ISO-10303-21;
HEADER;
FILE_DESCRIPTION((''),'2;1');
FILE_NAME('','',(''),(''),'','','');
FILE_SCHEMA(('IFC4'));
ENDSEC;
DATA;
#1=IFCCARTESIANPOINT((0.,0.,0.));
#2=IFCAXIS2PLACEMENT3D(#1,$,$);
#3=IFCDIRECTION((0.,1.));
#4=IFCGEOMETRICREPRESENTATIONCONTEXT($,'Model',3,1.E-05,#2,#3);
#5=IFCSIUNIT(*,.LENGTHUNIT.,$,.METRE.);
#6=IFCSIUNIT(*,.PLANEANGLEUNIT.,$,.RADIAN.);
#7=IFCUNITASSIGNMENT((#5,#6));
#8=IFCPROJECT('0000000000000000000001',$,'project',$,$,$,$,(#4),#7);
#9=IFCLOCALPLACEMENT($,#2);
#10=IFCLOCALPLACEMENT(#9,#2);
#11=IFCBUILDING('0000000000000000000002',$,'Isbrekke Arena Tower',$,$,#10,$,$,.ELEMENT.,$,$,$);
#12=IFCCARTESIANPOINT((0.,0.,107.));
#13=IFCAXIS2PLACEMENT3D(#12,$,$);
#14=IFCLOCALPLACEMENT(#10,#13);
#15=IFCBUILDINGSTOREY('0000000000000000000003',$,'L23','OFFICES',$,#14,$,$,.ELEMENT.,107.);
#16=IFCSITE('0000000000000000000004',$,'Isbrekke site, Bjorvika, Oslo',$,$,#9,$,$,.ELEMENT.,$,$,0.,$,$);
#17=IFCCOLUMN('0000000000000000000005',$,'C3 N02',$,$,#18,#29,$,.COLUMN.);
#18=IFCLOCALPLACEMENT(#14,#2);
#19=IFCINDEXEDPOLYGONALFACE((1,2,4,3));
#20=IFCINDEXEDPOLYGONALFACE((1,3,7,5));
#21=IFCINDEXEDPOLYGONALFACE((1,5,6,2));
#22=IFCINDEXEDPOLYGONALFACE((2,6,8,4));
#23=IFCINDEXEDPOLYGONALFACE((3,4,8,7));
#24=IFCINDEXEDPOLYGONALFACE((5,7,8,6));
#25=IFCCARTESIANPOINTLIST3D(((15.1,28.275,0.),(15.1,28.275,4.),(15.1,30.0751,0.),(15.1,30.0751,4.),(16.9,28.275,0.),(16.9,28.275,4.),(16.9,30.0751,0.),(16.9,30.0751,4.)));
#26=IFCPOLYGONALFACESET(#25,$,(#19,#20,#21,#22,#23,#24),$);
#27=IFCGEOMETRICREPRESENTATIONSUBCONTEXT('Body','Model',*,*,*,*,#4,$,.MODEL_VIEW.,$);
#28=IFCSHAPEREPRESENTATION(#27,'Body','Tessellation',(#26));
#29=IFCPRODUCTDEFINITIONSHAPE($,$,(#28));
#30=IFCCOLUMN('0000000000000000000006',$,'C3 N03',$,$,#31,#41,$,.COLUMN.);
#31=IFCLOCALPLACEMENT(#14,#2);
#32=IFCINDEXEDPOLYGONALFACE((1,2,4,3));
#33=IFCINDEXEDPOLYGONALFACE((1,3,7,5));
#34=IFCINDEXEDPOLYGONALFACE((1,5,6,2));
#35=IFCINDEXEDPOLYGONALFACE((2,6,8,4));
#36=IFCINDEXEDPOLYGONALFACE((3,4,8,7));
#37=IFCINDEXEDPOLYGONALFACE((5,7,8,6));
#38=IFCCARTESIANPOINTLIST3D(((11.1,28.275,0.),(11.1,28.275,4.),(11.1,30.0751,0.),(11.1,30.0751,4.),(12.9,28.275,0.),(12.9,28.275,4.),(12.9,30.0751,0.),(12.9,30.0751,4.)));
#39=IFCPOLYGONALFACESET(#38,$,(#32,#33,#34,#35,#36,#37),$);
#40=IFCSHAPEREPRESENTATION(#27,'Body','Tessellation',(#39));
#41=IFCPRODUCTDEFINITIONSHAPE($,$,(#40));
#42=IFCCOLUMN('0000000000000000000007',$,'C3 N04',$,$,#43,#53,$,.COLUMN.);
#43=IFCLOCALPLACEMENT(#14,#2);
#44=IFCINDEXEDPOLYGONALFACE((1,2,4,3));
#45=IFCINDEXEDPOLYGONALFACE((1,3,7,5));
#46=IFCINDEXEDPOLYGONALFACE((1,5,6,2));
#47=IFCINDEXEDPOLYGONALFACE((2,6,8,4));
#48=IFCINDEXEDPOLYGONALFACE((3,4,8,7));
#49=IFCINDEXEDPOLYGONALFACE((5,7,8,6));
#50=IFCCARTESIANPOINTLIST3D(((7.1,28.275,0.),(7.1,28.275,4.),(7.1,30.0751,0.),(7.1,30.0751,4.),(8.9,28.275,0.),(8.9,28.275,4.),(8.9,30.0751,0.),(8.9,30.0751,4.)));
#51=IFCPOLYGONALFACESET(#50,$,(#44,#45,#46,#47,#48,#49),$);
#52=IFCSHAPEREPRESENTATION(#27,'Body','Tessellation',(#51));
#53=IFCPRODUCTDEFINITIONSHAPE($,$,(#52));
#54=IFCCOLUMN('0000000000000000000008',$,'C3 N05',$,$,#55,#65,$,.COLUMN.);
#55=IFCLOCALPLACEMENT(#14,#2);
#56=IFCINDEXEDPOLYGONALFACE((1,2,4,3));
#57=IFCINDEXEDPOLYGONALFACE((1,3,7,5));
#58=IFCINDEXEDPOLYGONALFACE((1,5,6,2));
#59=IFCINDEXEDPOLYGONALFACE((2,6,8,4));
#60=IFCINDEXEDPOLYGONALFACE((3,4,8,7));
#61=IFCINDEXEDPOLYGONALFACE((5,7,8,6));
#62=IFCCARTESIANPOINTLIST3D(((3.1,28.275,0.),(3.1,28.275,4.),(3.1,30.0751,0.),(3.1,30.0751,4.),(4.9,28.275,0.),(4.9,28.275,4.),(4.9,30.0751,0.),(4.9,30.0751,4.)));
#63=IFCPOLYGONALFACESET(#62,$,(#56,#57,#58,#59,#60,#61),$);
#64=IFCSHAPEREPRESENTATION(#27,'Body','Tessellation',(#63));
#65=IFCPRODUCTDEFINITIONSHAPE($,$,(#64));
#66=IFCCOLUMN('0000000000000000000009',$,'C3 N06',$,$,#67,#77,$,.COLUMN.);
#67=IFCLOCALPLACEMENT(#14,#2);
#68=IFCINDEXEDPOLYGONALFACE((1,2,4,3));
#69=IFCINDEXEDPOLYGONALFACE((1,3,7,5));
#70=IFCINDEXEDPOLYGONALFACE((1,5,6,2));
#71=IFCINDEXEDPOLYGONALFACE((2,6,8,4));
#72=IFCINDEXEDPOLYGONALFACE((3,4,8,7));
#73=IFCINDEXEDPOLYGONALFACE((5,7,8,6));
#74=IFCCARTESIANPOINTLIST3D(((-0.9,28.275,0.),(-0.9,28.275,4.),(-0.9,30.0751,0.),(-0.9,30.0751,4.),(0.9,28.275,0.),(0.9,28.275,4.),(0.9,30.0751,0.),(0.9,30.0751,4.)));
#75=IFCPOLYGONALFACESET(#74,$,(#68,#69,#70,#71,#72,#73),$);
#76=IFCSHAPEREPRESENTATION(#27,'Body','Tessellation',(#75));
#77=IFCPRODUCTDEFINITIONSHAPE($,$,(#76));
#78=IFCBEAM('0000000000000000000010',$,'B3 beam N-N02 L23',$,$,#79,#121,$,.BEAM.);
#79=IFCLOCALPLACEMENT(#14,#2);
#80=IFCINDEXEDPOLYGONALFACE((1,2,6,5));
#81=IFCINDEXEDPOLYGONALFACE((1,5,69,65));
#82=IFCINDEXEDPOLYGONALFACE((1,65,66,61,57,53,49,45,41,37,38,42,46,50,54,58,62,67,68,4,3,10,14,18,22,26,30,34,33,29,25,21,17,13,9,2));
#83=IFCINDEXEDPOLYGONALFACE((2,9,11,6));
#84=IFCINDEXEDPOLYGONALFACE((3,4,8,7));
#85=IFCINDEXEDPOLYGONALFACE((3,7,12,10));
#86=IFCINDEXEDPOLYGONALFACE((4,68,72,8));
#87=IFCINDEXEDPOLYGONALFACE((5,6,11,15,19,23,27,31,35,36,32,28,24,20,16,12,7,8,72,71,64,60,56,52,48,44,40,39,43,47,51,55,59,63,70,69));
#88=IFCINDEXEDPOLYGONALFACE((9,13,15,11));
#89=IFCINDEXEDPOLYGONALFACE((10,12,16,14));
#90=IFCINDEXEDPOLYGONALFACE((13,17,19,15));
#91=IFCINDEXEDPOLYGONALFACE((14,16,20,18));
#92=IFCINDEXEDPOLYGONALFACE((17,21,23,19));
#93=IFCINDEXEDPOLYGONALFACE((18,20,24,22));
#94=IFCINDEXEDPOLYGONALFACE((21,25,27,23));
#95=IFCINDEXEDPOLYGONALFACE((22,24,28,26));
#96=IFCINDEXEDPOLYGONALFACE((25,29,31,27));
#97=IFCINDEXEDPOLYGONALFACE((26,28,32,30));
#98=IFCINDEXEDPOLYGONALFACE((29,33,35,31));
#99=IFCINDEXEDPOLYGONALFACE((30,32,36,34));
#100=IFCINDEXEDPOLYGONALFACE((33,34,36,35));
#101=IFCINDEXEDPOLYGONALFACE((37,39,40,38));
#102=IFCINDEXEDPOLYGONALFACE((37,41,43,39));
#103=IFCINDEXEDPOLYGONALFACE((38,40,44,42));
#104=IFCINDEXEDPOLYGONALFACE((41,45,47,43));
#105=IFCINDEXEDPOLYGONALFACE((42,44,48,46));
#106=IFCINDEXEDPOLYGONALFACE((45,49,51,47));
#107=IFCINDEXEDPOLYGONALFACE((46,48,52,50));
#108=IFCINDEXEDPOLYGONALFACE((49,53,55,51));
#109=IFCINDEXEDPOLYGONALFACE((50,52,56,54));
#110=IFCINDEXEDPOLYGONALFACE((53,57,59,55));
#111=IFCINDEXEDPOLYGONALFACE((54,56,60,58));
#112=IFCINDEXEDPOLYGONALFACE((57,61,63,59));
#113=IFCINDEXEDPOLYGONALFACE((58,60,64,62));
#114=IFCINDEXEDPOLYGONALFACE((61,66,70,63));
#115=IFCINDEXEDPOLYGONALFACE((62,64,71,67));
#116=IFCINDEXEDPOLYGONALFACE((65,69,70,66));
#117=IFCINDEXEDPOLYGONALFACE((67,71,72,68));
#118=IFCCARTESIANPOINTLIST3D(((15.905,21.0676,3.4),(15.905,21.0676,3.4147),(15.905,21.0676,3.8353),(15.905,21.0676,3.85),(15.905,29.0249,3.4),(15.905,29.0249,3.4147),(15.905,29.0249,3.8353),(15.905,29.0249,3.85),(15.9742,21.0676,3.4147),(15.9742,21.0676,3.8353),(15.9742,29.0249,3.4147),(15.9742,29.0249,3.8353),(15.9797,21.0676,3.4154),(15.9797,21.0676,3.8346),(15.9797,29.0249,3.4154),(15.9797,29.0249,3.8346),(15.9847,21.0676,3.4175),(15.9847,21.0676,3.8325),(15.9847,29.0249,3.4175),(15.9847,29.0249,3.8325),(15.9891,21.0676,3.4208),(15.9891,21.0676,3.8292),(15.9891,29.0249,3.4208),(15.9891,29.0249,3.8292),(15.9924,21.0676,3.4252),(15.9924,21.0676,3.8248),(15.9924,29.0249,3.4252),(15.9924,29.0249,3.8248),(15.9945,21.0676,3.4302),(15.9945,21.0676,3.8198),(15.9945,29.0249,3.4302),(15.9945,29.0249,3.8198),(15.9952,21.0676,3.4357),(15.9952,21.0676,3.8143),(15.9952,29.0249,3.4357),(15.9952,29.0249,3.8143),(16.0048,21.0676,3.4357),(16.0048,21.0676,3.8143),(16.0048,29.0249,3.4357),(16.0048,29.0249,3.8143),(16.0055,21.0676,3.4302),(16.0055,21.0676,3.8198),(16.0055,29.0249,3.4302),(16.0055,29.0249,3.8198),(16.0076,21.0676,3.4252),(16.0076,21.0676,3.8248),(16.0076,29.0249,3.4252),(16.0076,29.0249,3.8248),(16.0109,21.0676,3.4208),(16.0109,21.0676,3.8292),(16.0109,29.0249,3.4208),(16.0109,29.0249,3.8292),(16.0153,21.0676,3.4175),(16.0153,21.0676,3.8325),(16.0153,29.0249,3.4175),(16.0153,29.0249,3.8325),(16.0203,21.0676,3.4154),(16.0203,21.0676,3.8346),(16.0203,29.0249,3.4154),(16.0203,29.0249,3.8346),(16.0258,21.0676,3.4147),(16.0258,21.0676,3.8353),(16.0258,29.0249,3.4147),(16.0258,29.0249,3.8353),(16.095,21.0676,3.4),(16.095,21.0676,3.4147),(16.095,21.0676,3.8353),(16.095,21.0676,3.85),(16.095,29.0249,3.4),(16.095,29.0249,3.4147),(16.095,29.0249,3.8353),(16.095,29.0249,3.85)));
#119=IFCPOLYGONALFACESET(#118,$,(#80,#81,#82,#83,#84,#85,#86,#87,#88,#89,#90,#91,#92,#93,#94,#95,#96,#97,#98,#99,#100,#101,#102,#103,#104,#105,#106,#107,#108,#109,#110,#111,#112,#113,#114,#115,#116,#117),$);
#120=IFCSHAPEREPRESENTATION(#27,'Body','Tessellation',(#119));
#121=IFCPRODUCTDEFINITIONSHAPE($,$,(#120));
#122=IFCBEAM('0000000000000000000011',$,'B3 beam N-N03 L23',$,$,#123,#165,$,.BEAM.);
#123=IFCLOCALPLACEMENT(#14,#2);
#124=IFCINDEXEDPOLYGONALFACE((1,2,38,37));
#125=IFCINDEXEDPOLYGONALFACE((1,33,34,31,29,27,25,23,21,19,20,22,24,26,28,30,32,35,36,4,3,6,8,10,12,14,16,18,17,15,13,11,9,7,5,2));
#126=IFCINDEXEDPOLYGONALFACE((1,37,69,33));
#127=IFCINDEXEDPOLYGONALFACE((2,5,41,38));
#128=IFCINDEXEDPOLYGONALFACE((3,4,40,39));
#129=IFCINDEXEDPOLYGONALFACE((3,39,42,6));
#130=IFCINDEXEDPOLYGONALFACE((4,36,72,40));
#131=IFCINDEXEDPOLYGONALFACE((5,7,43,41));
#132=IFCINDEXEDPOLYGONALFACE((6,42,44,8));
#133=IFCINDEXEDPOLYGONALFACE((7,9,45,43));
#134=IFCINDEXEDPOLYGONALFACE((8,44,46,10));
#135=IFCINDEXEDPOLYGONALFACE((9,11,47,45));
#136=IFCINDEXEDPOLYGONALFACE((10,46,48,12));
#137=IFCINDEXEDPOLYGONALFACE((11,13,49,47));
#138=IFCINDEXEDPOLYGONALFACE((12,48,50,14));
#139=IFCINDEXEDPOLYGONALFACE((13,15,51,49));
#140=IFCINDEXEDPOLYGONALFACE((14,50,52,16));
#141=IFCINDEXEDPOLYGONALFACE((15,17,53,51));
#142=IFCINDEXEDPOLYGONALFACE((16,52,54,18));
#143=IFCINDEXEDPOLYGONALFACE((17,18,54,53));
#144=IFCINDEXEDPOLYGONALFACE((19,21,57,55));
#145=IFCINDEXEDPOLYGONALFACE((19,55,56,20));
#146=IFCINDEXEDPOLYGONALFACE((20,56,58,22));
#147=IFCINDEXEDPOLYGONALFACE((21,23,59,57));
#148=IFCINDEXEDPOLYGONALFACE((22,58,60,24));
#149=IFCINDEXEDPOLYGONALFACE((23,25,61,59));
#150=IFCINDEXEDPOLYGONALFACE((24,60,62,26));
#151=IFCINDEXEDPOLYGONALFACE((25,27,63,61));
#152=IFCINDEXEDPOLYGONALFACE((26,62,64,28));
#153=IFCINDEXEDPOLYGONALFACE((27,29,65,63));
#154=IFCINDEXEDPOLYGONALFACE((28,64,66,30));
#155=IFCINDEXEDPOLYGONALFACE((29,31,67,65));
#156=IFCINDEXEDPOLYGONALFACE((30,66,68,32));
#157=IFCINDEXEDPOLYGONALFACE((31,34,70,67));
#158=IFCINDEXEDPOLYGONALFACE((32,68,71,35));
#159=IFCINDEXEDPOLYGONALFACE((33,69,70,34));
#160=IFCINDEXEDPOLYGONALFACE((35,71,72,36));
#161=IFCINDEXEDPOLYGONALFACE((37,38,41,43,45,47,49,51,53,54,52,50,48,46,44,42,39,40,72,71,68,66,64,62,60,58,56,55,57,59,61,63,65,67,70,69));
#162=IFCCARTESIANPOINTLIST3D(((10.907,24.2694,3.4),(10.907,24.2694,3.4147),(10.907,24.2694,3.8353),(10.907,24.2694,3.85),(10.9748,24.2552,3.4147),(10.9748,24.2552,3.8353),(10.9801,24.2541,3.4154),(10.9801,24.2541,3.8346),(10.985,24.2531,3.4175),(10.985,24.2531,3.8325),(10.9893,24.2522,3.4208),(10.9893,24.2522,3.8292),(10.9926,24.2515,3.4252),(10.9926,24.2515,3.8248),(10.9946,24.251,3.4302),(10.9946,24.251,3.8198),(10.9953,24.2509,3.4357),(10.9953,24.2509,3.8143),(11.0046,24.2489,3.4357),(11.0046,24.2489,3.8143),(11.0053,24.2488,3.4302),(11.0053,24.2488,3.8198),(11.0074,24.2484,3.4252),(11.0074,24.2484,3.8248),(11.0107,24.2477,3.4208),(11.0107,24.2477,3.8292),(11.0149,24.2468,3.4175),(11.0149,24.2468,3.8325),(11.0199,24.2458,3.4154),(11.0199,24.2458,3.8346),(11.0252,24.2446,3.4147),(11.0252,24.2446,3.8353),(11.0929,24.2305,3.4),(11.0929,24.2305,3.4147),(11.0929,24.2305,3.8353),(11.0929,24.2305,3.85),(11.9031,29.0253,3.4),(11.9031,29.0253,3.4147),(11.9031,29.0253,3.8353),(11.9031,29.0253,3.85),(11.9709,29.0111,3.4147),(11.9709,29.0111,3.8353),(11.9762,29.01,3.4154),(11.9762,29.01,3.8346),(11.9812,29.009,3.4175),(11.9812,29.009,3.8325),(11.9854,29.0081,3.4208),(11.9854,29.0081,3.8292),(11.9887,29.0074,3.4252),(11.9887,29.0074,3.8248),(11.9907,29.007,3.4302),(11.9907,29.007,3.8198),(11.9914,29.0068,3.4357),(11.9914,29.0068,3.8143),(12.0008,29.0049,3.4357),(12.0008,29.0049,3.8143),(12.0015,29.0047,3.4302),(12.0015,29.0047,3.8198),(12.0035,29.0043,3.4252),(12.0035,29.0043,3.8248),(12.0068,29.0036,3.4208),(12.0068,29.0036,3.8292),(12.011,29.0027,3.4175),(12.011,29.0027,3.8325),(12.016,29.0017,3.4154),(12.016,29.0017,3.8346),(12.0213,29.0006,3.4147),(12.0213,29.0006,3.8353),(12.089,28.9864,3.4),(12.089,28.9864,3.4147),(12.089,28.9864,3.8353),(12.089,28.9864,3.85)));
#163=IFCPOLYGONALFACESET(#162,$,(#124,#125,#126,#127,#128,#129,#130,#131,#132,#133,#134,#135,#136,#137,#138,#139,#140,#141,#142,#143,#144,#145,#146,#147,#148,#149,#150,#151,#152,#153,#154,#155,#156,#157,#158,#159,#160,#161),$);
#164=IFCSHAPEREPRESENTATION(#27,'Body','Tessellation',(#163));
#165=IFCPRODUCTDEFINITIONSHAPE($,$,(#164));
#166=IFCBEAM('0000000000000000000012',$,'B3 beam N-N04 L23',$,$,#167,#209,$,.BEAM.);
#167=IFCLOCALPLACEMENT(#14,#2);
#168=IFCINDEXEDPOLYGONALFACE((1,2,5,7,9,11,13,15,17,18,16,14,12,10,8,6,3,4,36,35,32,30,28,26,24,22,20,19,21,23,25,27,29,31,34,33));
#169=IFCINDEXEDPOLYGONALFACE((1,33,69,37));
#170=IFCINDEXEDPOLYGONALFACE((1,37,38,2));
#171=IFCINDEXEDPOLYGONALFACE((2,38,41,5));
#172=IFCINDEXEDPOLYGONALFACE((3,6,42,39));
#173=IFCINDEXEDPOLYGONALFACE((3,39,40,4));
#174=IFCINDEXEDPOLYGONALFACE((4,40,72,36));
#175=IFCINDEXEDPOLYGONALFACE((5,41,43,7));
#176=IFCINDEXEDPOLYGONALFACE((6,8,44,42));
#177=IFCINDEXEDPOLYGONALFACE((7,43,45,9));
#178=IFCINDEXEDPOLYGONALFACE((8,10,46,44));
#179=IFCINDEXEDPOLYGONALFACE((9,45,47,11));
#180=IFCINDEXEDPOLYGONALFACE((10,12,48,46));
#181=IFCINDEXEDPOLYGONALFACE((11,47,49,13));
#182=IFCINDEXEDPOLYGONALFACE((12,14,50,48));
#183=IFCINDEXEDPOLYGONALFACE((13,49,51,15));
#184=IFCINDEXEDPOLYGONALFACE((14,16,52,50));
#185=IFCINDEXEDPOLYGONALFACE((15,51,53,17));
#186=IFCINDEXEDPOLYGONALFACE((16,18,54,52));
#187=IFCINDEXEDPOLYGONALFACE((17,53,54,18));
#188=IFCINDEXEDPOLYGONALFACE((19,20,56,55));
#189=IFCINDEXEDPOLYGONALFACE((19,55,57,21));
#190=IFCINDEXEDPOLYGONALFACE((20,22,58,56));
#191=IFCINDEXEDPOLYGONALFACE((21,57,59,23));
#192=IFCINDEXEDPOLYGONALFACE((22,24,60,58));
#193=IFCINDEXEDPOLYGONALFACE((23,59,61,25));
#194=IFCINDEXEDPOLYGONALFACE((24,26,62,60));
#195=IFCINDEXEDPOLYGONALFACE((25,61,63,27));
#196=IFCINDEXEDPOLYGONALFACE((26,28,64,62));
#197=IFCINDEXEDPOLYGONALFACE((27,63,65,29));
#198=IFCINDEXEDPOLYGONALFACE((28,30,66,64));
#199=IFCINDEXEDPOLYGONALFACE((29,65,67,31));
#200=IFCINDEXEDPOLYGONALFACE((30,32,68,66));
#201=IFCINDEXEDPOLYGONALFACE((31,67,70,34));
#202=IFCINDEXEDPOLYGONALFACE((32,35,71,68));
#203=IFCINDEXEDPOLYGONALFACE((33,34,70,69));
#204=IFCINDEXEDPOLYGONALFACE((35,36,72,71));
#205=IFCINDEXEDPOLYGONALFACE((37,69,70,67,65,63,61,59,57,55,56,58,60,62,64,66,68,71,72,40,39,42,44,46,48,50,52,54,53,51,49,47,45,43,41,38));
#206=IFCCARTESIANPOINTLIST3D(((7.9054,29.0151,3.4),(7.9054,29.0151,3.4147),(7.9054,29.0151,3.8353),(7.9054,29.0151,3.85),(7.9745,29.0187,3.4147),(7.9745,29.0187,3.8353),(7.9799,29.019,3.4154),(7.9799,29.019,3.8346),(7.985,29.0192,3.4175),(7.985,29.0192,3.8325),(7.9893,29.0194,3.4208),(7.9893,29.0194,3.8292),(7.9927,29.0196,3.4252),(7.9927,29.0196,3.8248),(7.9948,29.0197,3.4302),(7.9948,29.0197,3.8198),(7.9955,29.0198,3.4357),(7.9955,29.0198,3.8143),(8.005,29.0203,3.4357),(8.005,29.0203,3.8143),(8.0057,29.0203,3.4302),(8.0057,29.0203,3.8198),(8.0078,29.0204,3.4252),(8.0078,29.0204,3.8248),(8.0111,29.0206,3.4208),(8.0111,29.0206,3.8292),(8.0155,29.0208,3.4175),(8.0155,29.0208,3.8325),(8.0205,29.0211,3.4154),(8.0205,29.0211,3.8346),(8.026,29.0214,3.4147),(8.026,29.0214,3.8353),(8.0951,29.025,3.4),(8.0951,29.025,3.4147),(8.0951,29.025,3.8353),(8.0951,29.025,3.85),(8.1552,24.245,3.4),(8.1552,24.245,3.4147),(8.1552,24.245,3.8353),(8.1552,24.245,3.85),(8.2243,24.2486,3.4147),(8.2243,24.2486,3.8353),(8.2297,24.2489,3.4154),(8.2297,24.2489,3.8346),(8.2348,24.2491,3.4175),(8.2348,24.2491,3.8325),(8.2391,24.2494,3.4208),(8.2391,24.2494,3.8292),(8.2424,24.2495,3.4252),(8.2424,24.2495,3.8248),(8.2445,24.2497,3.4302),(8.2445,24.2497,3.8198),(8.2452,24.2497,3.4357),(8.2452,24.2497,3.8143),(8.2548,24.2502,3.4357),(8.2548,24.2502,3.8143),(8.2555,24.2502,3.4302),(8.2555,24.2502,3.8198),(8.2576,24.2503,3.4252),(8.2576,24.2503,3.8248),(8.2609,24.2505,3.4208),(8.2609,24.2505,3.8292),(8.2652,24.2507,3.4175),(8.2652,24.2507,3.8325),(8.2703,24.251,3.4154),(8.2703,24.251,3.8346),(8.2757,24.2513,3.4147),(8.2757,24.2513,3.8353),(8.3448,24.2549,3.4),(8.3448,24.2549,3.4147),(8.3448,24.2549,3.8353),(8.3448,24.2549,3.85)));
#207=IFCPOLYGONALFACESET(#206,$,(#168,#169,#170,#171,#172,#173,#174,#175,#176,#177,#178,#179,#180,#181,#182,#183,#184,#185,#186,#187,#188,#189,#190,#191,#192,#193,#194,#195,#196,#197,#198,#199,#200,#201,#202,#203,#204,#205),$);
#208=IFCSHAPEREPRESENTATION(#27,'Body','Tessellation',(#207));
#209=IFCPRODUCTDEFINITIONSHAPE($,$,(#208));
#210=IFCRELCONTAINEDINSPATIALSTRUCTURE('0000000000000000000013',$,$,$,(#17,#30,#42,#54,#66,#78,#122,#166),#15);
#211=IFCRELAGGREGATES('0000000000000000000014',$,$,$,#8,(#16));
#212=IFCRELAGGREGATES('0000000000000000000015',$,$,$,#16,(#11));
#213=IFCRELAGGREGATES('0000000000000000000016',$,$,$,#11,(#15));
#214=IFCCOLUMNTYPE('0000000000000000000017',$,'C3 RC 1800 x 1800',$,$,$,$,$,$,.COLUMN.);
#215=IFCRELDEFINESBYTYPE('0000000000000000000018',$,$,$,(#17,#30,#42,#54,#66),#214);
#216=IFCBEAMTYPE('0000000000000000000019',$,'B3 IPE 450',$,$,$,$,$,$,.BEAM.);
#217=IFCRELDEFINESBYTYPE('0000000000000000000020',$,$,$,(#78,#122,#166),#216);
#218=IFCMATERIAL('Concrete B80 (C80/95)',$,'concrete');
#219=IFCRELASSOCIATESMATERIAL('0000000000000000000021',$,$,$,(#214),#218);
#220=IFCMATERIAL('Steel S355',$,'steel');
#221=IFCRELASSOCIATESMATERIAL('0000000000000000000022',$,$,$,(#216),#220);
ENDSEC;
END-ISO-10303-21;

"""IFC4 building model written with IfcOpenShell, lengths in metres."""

from ifc_helpers import new_model, si_unit, direction, frame, origin, origin_2d, place, context, subcontext, project, spatial, rectangle, i_section, extrude, material, material_profile, profile_set, type_object, element, save


model = new_model("IFC4")

# Units and contexts
model_context = context("Model", 3, precision=1e-05, world=origin(), true_north=direction((0.0, 1.0)))
body_context = subcontext(model_context, "Body", "Model", "MODEL_VIEW")
ifc_project = project(units=[si_unit("LENGTHUNIT", "METRE"), si_unit("PLANEANGLEUNIT", "RADIAN")], contexts=[model_context])

# Site, building, storey
site_placement = place(None, origin())
site = spatial("IfcSite", under=ifc_project, at=site_placement, Name="Isbrekke site, Bjorvika, Oslo", CompositionType="ELEMENT", RefElevation=0.0)
building_placement = place(site_placement, origin())
building = spatial("IfcBuilding", under=site, at=building_placement, Name="Isbrekke Arena Tower", CompositionType="ELEMENT")
storey_placement = place(building_placement, frame((0.0, 0.0, 107.0)))
storey = spatial("IfcBuildingStorey", under=building, at=storey_placement, Name="L23", Description="OFFICES", CompositionType="ELEMENT", Elevation=107.0)

# Columns
ifc_material_1 = material(Name="Concrete B80 (C80/95)", Category="concrete")
ifc_material_profile_1 = material_profile(ifc_material_1, rectangle(XDim=1.8, YDim=1.8, at=origin_2d()), Name="RC 1800x1800")
ifc_profile_set_1 = profile_set([ifc_material_profile_1], Name="Concrete B80 (C80/95)")
column_type = type_object("IfcColumnType", Name="C3 RC 1800 x 1800", PredefinedType="COLUMN", material=ifc_profile_set_1)
for number, where, z_axis, x_axis, name in (
    (1, (16.0, 29.175, 0.0), (0.0, 0.0, 1.0), (-1.0, 0.0, 0.0), "C3 N02"),
    (2, (12.0, 29.175, 0.0), (0.0, 0.0, 1.0), (-1.0, 0.0, 0.0), "C3 N03"),
    (3, (8.0, 29.175, 0.0), (0.0, 0.0, 1.0), (-1.0, 0.0, 0.0), "C3 N04"),
    (4, (4.0, 29.175, 0.0), (0.0, 0.0, 1.0), (-1.0, 0.0, 0.0), "C3 N05"),
    (5, (0.0, 29.175, 0.0), (0.0, 0.0, 1.0), (-1.0, 0.0, 0.0), "C3 N06"),
):
    element("IfcColumn", number, at=place(storey_placement, frame(where, z_axis=z_axis, x_axis=x_axis)), inside=storey, type_object=column_type, Name=name, PredefinedType="COLUMN", context=body_context, shape_type="SweptSolid", body=[
        extrude(rectangle(XDim=1.8, YDim=1.8, at=origin_2d()), origin(), (0.0, 0.0, 1.0), 4.0),
    ])

# Beams
ifc_material_2 = material(Name="Steel S355", Category="steel")
ifc_material_profile_2 = material_profile(ifc_material_2, i_section(OverallWidth=0.1899, OverallDepth=0.45, WebThickness=0.0095, FlangeThickness=0.0146, FilletRadius=0.021, at=origin_2d()), Name="IPE 450")
ifc_profile_set_2 = profile_set([ifc_material_profile_2], Name="Steel S355")
beam_type_1 = type_object("IfcBeamType", Name="B3 IPE 450", PredefinedType="BEAM", material=ifc_profile_set_2)
beam_1_placement = place(storey_placement, frame((16.0, 29.0249, 3.625), z_axis=(0.0, -1.0, 0.0), x_axis=(1.0, 0.0, 0.0)))
element("IfcBeam", 6, at=beam_1_placement, inside=storey, type_object=beam_type_1, Name="B3 beam N-N02 L23", PredefinedType="BEAM", context=body_context, shape_type="SweptSolid", body=[
    extrude(i_section(OverallWidth=0.1899, OverallDepth=0.45, WebThickness=0.0095, FlangeThickness=0.0146, FilletRadius=0.021, at=origin_2d()), origin(), (0.0, 0.0, 1.0), 7.9573),
])
beam_2_placement = place(storey_placement, frame((11.9961, 29.0059, 3.625), z_axis=(-0.204997, -0.978762, 0.0), x_axis=(0.978762, -0.204997, 0.0)))
element("IfcBeam", 7, at=beam_2_placement, inside=storey, type_object=beam_type_1, Name="B3 beam N-N03 L23", PredefinedType="BEAM", context=body_context, shape_type="SweptSolid", body=[
    extrude(i_section(OverallWidth=0.1899, OverallDepth=0.45, WebThickness=0.0095, FlangeThickness=0.0146, FilletRadius=0.021, at=origin_2d()), origin(), (0.0, 0.0, 1.0), 4.8591),
])
beam_3_placement = place(storey_placement, frame((8.0002, 29.02, 3.625), z_axis=(0.052288, -0.998632, 0.0), x_axis=(0.998632, 0.052288, 0.0)))
element("IfcBeam", 8, at=beam_3_placement, inside=storey, type_object=beam_type_1, Name="B3 beam N-N04 L23", PredefinedType="BEAM", context=body_context, shape_type="SweptSolid", body=[
    extrude(i_section(OverallWidth=0.1899, OverallDepth=0.45, WebThickness=0.0095, FlangeThickness=0.0146, FilletRadius=0.021, at=origin_2d()), origin(), (0.0, 0.0, 1.0), 4.7766),
])

save(model, "model.ifc")
